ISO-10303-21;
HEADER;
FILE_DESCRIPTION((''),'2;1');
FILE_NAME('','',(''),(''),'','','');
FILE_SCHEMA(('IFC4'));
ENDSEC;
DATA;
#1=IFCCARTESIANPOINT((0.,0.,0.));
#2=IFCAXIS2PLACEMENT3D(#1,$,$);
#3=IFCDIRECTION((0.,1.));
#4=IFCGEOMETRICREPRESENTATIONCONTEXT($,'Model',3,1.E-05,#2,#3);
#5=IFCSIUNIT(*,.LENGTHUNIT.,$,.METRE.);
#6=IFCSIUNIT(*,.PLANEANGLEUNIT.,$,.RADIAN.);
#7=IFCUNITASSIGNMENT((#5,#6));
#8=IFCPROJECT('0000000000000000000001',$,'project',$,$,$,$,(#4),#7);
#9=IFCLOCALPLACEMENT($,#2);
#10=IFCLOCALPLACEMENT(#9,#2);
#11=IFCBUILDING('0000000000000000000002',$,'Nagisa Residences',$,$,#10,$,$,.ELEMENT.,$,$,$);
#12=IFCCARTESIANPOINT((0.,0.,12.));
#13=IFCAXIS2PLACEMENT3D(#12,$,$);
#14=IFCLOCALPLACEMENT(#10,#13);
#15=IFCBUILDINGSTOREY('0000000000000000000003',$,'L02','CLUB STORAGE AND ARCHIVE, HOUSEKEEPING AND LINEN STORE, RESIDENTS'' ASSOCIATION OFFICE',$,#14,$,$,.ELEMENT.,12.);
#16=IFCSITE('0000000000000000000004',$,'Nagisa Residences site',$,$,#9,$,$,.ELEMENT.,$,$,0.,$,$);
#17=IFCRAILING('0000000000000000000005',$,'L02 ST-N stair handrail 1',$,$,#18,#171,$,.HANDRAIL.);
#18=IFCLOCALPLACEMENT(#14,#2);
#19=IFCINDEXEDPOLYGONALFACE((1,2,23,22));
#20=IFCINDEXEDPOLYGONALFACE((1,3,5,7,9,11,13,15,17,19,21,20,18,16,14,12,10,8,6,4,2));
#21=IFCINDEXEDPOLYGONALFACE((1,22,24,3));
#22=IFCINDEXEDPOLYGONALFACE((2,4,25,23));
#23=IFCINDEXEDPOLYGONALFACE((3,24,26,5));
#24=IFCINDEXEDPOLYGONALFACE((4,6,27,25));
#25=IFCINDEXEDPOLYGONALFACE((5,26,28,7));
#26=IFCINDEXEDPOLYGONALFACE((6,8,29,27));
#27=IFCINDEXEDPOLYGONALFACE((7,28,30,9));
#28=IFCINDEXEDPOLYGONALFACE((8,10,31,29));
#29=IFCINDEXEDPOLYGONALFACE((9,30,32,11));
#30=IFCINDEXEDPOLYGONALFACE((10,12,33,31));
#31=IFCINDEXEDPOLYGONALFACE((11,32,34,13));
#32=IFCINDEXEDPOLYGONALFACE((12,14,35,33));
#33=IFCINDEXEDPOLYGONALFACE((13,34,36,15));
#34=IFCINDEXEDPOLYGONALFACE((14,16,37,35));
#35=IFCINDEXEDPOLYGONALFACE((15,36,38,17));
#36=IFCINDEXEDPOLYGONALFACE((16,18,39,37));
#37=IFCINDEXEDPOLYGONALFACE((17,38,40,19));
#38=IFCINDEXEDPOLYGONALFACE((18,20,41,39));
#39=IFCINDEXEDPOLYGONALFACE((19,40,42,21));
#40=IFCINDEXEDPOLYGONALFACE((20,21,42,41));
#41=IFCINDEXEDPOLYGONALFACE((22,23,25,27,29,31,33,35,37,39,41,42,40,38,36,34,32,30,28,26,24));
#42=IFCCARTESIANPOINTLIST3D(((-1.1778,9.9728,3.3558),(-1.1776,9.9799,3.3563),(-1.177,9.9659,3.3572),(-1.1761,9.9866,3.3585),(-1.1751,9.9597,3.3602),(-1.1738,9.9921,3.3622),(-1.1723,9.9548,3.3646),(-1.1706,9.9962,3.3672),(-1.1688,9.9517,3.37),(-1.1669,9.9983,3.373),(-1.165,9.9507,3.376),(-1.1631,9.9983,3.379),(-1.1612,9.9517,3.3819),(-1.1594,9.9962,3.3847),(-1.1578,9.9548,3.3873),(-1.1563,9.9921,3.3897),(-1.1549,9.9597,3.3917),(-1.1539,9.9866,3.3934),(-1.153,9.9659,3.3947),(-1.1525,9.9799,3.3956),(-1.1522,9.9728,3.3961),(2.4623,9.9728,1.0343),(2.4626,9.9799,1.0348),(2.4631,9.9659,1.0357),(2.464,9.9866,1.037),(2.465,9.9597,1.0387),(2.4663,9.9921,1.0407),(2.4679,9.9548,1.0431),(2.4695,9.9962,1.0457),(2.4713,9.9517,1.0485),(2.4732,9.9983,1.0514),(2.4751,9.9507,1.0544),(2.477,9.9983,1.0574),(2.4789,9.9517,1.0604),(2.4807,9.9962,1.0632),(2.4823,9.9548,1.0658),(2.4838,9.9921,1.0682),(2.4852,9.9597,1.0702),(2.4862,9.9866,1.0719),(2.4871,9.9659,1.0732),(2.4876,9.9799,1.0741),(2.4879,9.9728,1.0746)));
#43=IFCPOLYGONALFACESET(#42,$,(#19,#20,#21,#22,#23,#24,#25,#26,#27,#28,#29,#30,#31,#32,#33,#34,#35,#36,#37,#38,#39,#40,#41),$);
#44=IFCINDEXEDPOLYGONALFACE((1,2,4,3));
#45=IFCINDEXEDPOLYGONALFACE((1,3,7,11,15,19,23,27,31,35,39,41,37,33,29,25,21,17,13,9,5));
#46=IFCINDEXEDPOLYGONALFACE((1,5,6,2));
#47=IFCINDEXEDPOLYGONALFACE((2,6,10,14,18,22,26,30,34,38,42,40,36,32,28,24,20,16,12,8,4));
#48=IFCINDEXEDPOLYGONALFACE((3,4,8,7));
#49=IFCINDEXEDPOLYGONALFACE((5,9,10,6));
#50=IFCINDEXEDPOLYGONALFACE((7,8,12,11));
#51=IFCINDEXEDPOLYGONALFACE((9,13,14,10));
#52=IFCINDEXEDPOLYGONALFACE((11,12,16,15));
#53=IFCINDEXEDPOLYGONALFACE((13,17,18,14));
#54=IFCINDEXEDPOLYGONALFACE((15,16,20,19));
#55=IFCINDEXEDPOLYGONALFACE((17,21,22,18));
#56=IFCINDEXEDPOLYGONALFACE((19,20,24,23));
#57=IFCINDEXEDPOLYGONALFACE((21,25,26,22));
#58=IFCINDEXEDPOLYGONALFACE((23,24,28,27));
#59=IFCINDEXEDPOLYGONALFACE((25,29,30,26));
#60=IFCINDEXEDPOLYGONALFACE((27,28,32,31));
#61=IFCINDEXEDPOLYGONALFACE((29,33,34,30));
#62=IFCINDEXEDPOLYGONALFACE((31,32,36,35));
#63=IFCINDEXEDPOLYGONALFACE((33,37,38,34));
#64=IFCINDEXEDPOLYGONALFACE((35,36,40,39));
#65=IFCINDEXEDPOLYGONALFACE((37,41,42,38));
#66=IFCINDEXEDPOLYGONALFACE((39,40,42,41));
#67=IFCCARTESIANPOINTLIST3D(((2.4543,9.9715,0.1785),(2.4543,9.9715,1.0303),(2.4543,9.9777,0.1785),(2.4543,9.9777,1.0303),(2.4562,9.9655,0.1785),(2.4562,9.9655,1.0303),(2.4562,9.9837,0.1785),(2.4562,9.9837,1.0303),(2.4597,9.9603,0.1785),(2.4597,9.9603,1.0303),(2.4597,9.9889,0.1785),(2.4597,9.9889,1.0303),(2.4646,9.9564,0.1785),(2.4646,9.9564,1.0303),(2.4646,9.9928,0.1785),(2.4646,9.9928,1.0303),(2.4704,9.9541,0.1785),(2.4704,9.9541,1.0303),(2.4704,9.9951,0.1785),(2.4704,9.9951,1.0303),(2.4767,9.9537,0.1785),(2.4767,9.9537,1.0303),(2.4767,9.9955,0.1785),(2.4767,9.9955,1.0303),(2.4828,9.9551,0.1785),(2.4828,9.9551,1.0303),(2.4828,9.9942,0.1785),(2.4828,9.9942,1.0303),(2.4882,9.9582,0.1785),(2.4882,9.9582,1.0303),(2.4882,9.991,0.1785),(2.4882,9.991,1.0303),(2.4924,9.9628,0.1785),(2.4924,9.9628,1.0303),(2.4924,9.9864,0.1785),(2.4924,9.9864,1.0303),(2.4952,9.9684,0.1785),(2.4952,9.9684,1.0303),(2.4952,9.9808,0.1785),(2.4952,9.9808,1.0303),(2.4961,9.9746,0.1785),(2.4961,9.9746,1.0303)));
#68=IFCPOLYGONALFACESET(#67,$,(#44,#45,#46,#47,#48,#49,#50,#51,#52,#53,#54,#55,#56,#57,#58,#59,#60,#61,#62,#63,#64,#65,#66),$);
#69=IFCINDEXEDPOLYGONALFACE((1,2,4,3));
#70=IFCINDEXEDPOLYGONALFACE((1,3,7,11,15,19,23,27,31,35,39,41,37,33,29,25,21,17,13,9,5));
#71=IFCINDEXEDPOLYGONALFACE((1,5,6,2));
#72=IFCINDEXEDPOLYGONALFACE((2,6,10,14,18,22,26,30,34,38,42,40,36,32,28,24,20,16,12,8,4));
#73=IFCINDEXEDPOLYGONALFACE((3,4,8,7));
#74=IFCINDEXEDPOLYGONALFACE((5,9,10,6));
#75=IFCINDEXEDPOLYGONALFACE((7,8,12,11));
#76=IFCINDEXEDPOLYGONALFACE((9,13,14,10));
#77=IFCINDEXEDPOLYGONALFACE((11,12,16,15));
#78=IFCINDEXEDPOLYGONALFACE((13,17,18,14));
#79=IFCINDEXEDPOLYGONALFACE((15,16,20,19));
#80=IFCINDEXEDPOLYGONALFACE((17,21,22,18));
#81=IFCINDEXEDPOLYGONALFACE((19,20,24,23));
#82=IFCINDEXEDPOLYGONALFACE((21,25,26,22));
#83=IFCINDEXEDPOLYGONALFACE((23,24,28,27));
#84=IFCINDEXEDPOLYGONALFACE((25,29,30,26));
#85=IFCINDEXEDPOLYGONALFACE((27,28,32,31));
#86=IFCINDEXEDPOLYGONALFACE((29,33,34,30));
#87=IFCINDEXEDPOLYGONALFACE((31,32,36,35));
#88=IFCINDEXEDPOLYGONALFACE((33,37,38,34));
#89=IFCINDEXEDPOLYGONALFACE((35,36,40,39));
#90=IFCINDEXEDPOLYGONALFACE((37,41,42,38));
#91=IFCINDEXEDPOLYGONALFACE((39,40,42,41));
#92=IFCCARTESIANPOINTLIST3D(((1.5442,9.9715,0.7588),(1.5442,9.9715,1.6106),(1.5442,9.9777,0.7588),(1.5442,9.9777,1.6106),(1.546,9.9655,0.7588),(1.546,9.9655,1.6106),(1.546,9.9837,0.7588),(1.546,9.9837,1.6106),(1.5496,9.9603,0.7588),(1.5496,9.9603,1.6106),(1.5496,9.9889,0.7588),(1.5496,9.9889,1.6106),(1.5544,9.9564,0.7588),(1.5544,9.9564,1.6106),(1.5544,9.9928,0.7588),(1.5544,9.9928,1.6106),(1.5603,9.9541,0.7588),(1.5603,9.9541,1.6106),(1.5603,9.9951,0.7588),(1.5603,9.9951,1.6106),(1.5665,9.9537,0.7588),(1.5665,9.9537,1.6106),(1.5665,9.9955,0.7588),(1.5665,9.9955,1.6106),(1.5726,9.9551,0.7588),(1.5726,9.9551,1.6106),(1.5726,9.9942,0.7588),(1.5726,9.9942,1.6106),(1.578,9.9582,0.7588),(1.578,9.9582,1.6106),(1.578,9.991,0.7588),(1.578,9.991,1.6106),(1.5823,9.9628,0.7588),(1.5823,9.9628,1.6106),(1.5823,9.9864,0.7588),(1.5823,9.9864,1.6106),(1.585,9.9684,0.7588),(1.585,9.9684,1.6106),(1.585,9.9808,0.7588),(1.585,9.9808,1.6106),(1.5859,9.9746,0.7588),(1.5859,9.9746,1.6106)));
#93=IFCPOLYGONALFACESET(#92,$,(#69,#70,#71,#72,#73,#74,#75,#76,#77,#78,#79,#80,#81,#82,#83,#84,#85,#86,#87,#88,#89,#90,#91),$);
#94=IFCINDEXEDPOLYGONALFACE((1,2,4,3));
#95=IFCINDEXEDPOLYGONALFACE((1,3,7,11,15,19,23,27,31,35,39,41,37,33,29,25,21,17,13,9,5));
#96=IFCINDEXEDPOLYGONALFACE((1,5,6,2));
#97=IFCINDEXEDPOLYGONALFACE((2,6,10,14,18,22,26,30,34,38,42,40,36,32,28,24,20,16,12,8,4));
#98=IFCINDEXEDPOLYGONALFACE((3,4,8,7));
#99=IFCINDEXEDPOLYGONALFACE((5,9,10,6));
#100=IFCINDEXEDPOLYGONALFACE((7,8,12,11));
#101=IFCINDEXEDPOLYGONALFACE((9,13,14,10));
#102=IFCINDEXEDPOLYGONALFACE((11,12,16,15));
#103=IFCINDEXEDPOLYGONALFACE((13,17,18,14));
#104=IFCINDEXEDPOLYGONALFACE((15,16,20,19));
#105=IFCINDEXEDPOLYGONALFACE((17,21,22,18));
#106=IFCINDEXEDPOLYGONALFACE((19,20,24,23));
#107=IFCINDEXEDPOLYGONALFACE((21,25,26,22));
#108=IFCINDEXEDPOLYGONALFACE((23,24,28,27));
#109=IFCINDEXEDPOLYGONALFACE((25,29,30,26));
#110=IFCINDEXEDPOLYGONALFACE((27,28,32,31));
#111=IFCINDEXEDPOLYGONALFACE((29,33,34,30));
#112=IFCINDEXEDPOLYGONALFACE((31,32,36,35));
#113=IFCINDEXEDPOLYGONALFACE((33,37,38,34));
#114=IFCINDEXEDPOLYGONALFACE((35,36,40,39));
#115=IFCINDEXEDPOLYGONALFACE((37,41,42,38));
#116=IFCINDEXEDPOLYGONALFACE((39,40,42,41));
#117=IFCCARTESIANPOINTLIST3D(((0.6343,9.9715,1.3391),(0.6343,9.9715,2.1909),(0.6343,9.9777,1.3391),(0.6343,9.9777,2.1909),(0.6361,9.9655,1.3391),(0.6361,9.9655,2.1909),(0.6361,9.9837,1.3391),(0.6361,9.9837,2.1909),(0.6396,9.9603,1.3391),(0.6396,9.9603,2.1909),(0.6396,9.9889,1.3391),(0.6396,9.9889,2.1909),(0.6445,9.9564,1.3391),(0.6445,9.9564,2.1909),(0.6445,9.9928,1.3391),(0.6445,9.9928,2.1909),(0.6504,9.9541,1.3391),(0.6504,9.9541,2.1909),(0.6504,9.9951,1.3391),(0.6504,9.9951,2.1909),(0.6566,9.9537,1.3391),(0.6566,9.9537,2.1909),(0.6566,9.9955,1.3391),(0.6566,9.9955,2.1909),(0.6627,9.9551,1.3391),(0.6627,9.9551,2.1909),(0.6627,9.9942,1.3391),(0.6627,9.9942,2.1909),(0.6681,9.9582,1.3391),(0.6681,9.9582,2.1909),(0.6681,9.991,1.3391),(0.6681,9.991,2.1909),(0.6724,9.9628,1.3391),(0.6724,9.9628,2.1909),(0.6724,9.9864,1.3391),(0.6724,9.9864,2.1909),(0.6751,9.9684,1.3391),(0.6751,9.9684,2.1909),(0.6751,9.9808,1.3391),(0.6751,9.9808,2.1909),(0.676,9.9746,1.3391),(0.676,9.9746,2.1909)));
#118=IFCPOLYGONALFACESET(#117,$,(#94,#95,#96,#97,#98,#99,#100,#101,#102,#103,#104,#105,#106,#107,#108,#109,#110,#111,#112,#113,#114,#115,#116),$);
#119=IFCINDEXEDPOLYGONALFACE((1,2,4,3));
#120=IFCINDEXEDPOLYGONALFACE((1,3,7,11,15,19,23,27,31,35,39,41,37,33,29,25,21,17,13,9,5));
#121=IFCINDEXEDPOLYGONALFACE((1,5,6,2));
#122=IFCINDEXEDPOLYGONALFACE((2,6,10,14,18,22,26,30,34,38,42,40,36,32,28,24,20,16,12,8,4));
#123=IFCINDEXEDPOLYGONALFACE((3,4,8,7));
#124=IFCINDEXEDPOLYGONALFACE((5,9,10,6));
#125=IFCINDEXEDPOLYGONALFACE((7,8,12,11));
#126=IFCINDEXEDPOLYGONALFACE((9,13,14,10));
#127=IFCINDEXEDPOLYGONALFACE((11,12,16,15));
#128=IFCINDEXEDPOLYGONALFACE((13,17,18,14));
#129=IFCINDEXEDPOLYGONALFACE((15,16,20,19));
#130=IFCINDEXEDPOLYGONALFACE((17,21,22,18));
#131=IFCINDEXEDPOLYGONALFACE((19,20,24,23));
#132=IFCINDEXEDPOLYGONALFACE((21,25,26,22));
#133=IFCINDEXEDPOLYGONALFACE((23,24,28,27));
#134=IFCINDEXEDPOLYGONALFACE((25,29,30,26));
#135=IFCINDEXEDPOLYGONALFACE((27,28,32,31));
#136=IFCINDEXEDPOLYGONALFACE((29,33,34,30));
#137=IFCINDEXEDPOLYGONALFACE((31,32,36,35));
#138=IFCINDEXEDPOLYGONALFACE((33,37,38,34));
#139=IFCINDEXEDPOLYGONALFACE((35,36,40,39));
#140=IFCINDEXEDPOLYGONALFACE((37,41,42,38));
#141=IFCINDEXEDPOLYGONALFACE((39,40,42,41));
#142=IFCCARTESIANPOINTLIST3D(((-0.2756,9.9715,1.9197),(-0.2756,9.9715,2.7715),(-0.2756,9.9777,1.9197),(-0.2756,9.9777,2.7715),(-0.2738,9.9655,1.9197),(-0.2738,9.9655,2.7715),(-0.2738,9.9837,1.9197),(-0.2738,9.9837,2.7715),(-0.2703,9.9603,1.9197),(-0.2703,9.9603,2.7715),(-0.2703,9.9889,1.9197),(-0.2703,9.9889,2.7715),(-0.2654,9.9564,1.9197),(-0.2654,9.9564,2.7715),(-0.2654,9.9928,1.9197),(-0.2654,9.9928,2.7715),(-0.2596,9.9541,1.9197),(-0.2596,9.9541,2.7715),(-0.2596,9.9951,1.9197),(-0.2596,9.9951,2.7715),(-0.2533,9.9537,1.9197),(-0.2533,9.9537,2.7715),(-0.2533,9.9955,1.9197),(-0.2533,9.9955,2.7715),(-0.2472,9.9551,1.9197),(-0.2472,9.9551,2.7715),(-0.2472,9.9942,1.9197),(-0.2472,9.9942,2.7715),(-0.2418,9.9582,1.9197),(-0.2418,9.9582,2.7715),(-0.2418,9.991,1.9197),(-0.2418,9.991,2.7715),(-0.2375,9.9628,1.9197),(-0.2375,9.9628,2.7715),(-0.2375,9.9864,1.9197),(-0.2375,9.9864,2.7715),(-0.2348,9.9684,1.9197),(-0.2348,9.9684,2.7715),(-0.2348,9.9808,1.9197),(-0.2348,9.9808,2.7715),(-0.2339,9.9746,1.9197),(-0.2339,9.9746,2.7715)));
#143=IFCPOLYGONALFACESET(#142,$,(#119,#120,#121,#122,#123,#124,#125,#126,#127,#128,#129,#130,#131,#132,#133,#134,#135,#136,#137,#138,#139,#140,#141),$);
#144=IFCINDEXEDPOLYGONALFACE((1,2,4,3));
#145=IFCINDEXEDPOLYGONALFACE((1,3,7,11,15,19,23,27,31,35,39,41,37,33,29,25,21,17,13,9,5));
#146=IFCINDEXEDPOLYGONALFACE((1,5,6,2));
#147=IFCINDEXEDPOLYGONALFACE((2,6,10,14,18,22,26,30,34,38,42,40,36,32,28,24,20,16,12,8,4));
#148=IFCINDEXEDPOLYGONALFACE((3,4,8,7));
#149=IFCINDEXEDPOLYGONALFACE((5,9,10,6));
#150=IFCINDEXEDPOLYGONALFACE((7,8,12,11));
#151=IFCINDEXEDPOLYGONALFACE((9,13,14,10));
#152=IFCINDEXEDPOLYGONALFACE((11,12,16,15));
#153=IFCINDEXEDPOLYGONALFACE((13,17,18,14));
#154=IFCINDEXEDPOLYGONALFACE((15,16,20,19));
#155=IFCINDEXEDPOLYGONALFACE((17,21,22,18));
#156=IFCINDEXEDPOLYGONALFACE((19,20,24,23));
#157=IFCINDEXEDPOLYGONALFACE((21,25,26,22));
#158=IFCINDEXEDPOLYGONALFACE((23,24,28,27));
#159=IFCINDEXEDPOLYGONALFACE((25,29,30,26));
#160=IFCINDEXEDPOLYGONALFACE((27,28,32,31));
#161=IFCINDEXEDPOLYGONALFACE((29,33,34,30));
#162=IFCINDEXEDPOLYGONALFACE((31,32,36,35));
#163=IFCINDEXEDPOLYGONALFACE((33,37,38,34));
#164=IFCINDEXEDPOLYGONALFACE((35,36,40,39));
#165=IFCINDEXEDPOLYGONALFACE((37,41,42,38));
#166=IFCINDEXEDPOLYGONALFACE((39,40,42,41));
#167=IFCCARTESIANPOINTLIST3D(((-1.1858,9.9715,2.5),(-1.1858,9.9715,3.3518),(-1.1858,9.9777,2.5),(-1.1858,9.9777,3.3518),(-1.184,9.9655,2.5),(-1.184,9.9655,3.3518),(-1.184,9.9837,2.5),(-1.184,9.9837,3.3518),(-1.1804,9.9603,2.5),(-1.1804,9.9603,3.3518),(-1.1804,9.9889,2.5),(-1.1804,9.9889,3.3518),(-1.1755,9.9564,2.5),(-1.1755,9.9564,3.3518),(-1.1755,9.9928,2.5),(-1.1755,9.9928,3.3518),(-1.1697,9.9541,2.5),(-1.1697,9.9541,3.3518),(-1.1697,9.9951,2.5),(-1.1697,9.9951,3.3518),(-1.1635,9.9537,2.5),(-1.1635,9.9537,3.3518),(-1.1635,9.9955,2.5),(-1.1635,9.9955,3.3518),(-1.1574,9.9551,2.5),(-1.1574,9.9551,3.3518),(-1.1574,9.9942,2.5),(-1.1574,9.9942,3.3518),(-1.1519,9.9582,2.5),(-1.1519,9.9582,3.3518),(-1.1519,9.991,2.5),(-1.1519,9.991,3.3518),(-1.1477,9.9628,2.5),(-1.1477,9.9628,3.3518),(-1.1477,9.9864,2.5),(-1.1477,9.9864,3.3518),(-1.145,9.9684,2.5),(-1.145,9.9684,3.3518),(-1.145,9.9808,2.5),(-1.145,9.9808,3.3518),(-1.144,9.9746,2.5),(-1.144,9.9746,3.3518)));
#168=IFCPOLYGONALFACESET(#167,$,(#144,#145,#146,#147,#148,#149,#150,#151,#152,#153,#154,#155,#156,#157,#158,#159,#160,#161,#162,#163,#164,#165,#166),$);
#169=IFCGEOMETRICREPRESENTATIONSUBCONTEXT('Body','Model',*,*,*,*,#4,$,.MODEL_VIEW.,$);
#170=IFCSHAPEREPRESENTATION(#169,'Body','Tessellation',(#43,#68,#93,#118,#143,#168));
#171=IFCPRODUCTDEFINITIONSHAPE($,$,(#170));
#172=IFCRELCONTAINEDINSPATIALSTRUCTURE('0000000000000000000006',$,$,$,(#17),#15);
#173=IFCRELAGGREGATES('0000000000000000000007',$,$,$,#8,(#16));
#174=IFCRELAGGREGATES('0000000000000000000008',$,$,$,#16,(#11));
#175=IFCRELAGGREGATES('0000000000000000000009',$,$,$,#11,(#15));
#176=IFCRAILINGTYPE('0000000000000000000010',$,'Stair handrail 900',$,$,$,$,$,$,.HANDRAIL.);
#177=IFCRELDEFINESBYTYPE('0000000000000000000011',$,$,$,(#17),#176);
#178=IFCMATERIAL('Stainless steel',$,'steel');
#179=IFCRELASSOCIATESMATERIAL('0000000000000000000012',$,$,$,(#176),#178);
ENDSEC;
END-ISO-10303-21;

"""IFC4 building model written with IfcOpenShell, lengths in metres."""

from ifc_helpers import new_model, si_unit, direction, frame, origin, origin_2d, place, context, subcontext, project, spatial, circle, extrude, material, type_object, element, save


model = new_model("IFC4")

# Units and contexts
model_context = context("Model", 3, precision=1e-05, world=origin(), true_north=direction((0.0, 1.0)))
body_context = subcontext(model_context, "Body", "Model", "MODEL_VIEW")
ifc_project = project(units=[si_unit("LENGTHUNIT", "METRE"), si_unit("PLANEANGLEUNIT", "RADIAN")], contexts=[model_context])

# Site, building, storey
site_placement = place(None, origin())
site = spatial("IfcSite", under=ifc_project, at=site_placement, Name="Nagisa Residences site", CompositionType="ELEMENT", RefElevation=0.0)
building_placement = place(site_placement, origin())
building = spatial("IfcBuilding", under=site, at=building_placement, Name="Nagisa Residences", CompositionType="ELEMENT")
storey_placement = place(building_placement, frame((0.0, 0.0, 12.0)))
storey = spatial("IfcBuildingStorey", under=building, at=storey_placement, Name="L02", Description="CLUB STORAGE AND ARCHIVE, HOUSEKEEPING AND LINEN STORE, RESIDENTS' ASSOCIATION OFFICE", CompositionType="ELEMENT", Elevation=12.0)

# Railing
ifc_material_1 = material(Name="Stainless steel", Category="steel")
railing_type_1 = type_object("IfcRailingType", Name="Stair handrail 900", PredefinedType="HANDRAIL", material=ifc_material_1)
railing_1_placement = place(storey_placement, frame((2.4751, 9.9746, 0.1785)))
element("IfcRailing", 1, at=railing_1_placement, inside=storey, type_object=railing_type_1, Name="L02 ST-N stair handrail 1", PredefinedType="HANDRAIL", context=body_context, shape_type="SweptSolid", body=[
    extrude(circle(Radius=0.0239, at=origin_2d()), frame((0.0, 0.0, 0.876), z_axis=(-0.843128, 0.0, 0.537713), x_axis=(0.0, -1.0, 0.0)), (0.0, 0.0, 1.0), 4.3174),
    extrude(circle(Radius=0.021, at=origin_2d()), origin(), (0.0, 0.0, 1.0), 0.8518),
    extrude(circle(Radius=0.021, at=origin_2d()), frame((-0.9102, 0.0, 0.5803)), (0.0, 0.0, 1.0), 0.8518),
    extrude(circle(Radius=0.021, at=origin_2d()), frame((-1.8201, 0.0, 1.1606)), (0.0, 0.0, 1.0), 0.8518),
    extrude(circle(Radius=0.021, at=origin_2d()), frame((-2.73, 0.0, 1.7412)), (0.0, 0.0, 1.0), 0.8518),
    extrude(circle(Radius=0.021, at=origin_2d()), frame((-3.6401, 0.0, 2.3215)), (0.0, 0.0, 1.0), 0.8518),
])

save(model, "model.ifc")
